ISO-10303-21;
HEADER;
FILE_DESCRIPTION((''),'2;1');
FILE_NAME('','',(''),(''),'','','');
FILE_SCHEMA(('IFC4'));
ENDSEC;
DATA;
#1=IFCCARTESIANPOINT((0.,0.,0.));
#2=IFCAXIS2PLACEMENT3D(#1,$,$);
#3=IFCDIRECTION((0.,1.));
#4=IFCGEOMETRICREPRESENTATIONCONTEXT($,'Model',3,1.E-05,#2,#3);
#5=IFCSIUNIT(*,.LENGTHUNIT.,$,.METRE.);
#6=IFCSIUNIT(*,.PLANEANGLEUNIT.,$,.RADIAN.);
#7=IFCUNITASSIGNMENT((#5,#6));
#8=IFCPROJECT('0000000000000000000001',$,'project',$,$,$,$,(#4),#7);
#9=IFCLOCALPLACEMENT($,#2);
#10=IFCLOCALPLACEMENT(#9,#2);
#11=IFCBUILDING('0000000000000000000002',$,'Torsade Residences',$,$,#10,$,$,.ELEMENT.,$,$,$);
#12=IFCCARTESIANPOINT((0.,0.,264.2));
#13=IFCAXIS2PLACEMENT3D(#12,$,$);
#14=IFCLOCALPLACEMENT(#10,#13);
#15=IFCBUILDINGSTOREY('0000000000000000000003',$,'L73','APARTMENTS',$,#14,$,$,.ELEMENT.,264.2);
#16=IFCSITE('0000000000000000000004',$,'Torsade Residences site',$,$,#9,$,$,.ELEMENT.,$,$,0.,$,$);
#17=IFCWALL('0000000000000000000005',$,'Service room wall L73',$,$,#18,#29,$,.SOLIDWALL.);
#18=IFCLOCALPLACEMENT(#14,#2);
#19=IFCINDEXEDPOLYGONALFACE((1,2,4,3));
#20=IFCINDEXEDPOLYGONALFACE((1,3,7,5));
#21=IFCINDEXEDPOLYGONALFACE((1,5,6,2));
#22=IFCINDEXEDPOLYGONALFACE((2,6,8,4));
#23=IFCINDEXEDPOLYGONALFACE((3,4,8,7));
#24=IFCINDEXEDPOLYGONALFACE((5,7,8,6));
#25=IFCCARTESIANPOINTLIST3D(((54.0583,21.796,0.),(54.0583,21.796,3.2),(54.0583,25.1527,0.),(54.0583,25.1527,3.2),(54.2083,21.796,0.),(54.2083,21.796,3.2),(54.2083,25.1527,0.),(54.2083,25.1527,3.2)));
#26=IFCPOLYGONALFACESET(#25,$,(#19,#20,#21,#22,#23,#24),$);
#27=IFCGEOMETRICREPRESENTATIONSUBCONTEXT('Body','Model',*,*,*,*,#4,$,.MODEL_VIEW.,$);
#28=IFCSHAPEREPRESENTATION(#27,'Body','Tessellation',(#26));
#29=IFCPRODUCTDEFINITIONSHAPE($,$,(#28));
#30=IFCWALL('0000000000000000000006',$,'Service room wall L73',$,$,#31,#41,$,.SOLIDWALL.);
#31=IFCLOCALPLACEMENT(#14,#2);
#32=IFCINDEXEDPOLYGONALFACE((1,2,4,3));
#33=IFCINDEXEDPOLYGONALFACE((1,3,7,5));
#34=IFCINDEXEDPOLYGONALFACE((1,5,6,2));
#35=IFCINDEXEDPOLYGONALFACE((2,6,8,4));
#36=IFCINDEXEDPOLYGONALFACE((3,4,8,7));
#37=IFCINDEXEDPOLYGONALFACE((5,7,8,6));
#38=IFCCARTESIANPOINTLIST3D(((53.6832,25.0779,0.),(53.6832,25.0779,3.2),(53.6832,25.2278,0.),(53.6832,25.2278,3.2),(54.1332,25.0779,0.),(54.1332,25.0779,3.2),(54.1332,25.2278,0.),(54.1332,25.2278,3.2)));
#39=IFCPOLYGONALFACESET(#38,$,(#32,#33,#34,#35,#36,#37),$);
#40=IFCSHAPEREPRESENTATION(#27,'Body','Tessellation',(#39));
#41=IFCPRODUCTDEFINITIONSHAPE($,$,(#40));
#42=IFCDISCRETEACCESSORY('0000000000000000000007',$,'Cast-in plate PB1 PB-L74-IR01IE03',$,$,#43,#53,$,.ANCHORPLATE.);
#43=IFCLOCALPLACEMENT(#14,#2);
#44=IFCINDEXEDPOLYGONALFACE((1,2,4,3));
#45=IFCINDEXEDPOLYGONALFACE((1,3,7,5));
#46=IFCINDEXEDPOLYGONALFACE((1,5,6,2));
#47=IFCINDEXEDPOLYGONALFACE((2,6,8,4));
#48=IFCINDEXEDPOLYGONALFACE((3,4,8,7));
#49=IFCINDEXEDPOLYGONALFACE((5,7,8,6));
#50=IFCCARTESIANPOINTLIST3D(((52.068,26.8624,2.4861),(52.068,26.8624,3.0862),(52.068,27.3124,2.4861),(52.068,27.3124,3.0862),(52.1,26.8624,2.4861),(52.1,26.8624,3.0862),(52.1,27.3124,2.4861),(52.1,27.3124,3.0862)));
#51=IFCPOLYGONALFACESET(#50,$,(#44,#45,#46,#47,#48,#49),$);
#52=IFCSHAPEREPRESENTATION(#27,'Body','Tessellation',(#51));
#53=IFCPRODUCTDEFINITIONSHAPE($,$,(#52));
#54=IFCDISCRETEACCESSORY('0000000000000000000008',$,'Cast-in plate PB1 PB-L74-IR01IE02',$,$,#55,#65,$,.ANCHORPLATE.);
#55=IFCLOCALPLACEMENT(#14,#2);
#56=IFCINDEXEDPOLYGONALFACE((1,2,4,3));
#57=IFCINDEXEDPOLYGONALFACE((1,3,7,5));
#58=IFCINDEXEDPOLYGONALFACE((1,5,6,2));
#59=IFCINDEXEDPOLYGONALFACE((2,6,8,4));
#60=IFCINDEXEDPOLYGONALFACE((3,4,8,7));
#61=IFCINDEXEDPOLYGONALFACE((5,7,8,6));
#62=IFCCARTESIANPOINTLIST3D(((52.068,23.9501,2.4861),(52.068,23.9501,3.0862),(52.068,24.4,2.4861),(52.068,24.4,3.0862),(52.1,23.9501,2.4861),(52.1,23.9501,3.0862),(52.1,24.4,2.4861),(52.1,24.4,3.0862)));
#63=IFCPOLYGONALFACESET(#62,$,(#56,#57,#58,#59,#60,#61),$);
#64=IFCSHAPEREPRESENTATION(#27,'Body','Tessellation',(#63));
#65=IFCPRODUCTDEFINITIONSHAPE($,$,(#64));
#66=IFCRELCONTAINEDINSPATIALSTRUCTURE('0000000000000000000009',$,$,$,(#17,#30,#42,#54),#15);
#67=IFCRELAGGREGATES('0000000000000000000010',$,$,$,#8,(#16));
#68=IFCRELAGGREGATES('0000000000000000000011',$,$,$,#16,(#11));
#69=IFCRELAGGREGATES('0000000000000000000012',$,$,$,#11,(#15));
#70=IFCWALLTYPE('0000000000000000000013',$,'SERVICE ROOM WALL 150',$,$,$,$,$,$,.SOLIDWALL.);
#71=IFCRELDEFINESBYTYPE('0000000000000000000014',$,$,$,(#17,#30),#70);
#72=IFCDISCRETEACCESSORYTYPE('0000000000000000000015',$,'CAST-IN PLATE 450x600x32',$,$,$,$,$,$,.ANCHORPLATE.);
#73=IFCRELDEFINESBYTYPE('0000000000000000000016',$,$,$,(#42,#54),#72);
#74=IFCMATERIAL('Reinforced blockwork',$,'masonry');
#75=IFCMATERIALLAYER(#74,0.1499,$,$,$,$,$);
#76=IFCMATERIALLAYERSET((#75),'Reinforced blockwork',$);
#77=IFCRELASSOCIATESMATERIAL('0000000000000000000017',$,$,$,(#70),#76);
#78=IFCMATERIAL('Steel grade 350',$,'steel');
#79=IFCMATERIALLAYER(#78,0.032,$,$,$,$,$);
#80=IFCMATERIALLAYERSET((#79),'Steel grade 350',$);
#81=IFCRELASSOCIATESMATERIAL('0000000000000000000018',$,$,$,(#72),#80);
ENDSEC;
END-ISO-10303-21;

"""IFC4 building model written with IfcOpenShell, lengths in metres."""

from ifc_helpers import new_model, si_unit, direction, frame, frame_2d, origin, origin_2d, place, context, subcontext, project, spatial, rectangle, extrude, material, layer, layer_set, type_object, element, save


model = new_model("IFC4")

# Units and contexts
model_context = context("Model", 3, precision=1e-05, world=origin(), true_north=direction((0.0, 1.0)))
body_context = subcontext(model_context, "Body", "Model", "MODEL_VIEW")
ifc_project = project(units=[si_unit("LENGTHUNIT", "METRE"), si_unit("PLANEANGLEUNIT", "RADIAN")], contexts=[model_context])

# Site, building, storey
site_placement = place(None, origin())
site = spatial("IfcSite", under=ifc_project, at=site_placement, Name="Torsade Residences site", CompositionType="ELEMENT", RefElevation=0.0)
building_placement = place(site_placement, origin())
building = spatial("IfcBuilding", under=site, at=building_placement, Name="Torsade Residences", CompositionType="ELEMENT")
storey_placement = place(building_placement, frame((0.0, 0.0, 264.2)))
storey = spatial("IfcBuildingStorey", under=building, at=storey_placement, Name="L73", Description="APARTMENTS", CompositionType="ELEMENT", Elevation=264.2)

# Shared definitions
ifc_material_1 = material(Name="Reinforced blockwork", Category="masonry")
ifc_layer_1 = layer(ifc_material_1, 0.1499)
ifc_layer_set_1 = layer_set([ifc_layer_1], Name="Reinforced blockwork")
wall_type_1 = type_object("IfcWallType", Name="SERVICE ROOM WALL 150", PredefinedType="SOLIDWALL", material=ifc_layer_set_1)

# Walls
wall_1_placement = place(storey_placement, frame((54.1333, 21.7961, 0.0), z_axis=(0.0, 0.0, 1.0), x_axis=(0.0, 1.0, 0.0)))
element("IfcWall", 1, at=wall_1_placement, inside=storey, type_object=wall_type_1, Name="Service room wall L73", PredefinedType="SOLIDWALL", context=body_context, shape_type="SweptSolid", body=[
    extrude(rectangle(XDim=3.3567, YDim=0.1499, at=frame_2d((1.6782, 0.0))), origin(), (0.0, 0.0, 1.0), 3.2),
])
wall_2_placement = place(storey_placement, frame((54.1333, 25.1528, 0.0), z_axis=(0.0, 0.0, 1.0), x_axis=(-1.0, 0.0, 0.0)))
element("IfcWall", 2, at=wall_2_placement, inside=storey, type_object=wall_type_1, Name="Service room wall L73", PredefinedType="SOLIDWALL", context=body_context, shape_type="SweptSolid", body=[
    extrude(rectangle(XDim=0.45, YDim=0.1499, at=frame_2d((0.2251, 0.0))), origin(), (0.0, 0.0, 1.0), 3.2),
])

# Discrete accessories
ifc_material_2 = material(Name="Steel grade 350", Category="steel")
ifc_layer_2 = layer(ifc_material_2, 0.032)
ifc_layer_set_2 = layer_set([ifc_layer_2], Name="Steel grade 350")
discrete_accessory_type = type_object("IfcDiscreteAccessoryType", Name="CAST-IN PLATE 450x600x32", PredefinedType="ANCHORPLATE", material=ifc_layer_set_2)
for number, where, z_axis, x_axis, name in (
    (3, (52.084, 27.0874, 2.4861), (0.0, 0.0, 1.0), (1.0, 0.0, 0.0), "Cast-in plate PB1 PB-L74-IR01IE03"),
    (4, (52.084, 24.175, 2.4861), (0.0, 0.0, 1.0), (1.0, 0.0, 0.0), "Cast-in plate PB1 PB-L74-IR01IE02"),
):
    element("IfcDiscreteAccessory", number, at=place(storey_placement, frame(where, z_axis=z_axis, x_axis=x_axis)), inside=storey, type_object=discrete_accessory_type, Name=name, PredefinedType="ANCHORPLATE", context=body_context, shape_type="SweptSolid", body=[
        extrude(rectangle(XDim=0.032, YDim=0.45, at=origin_2d()), origin(), (0.0, 0.0, 1.0), 0.6001),
    ])

save(model, "model.ifc")
